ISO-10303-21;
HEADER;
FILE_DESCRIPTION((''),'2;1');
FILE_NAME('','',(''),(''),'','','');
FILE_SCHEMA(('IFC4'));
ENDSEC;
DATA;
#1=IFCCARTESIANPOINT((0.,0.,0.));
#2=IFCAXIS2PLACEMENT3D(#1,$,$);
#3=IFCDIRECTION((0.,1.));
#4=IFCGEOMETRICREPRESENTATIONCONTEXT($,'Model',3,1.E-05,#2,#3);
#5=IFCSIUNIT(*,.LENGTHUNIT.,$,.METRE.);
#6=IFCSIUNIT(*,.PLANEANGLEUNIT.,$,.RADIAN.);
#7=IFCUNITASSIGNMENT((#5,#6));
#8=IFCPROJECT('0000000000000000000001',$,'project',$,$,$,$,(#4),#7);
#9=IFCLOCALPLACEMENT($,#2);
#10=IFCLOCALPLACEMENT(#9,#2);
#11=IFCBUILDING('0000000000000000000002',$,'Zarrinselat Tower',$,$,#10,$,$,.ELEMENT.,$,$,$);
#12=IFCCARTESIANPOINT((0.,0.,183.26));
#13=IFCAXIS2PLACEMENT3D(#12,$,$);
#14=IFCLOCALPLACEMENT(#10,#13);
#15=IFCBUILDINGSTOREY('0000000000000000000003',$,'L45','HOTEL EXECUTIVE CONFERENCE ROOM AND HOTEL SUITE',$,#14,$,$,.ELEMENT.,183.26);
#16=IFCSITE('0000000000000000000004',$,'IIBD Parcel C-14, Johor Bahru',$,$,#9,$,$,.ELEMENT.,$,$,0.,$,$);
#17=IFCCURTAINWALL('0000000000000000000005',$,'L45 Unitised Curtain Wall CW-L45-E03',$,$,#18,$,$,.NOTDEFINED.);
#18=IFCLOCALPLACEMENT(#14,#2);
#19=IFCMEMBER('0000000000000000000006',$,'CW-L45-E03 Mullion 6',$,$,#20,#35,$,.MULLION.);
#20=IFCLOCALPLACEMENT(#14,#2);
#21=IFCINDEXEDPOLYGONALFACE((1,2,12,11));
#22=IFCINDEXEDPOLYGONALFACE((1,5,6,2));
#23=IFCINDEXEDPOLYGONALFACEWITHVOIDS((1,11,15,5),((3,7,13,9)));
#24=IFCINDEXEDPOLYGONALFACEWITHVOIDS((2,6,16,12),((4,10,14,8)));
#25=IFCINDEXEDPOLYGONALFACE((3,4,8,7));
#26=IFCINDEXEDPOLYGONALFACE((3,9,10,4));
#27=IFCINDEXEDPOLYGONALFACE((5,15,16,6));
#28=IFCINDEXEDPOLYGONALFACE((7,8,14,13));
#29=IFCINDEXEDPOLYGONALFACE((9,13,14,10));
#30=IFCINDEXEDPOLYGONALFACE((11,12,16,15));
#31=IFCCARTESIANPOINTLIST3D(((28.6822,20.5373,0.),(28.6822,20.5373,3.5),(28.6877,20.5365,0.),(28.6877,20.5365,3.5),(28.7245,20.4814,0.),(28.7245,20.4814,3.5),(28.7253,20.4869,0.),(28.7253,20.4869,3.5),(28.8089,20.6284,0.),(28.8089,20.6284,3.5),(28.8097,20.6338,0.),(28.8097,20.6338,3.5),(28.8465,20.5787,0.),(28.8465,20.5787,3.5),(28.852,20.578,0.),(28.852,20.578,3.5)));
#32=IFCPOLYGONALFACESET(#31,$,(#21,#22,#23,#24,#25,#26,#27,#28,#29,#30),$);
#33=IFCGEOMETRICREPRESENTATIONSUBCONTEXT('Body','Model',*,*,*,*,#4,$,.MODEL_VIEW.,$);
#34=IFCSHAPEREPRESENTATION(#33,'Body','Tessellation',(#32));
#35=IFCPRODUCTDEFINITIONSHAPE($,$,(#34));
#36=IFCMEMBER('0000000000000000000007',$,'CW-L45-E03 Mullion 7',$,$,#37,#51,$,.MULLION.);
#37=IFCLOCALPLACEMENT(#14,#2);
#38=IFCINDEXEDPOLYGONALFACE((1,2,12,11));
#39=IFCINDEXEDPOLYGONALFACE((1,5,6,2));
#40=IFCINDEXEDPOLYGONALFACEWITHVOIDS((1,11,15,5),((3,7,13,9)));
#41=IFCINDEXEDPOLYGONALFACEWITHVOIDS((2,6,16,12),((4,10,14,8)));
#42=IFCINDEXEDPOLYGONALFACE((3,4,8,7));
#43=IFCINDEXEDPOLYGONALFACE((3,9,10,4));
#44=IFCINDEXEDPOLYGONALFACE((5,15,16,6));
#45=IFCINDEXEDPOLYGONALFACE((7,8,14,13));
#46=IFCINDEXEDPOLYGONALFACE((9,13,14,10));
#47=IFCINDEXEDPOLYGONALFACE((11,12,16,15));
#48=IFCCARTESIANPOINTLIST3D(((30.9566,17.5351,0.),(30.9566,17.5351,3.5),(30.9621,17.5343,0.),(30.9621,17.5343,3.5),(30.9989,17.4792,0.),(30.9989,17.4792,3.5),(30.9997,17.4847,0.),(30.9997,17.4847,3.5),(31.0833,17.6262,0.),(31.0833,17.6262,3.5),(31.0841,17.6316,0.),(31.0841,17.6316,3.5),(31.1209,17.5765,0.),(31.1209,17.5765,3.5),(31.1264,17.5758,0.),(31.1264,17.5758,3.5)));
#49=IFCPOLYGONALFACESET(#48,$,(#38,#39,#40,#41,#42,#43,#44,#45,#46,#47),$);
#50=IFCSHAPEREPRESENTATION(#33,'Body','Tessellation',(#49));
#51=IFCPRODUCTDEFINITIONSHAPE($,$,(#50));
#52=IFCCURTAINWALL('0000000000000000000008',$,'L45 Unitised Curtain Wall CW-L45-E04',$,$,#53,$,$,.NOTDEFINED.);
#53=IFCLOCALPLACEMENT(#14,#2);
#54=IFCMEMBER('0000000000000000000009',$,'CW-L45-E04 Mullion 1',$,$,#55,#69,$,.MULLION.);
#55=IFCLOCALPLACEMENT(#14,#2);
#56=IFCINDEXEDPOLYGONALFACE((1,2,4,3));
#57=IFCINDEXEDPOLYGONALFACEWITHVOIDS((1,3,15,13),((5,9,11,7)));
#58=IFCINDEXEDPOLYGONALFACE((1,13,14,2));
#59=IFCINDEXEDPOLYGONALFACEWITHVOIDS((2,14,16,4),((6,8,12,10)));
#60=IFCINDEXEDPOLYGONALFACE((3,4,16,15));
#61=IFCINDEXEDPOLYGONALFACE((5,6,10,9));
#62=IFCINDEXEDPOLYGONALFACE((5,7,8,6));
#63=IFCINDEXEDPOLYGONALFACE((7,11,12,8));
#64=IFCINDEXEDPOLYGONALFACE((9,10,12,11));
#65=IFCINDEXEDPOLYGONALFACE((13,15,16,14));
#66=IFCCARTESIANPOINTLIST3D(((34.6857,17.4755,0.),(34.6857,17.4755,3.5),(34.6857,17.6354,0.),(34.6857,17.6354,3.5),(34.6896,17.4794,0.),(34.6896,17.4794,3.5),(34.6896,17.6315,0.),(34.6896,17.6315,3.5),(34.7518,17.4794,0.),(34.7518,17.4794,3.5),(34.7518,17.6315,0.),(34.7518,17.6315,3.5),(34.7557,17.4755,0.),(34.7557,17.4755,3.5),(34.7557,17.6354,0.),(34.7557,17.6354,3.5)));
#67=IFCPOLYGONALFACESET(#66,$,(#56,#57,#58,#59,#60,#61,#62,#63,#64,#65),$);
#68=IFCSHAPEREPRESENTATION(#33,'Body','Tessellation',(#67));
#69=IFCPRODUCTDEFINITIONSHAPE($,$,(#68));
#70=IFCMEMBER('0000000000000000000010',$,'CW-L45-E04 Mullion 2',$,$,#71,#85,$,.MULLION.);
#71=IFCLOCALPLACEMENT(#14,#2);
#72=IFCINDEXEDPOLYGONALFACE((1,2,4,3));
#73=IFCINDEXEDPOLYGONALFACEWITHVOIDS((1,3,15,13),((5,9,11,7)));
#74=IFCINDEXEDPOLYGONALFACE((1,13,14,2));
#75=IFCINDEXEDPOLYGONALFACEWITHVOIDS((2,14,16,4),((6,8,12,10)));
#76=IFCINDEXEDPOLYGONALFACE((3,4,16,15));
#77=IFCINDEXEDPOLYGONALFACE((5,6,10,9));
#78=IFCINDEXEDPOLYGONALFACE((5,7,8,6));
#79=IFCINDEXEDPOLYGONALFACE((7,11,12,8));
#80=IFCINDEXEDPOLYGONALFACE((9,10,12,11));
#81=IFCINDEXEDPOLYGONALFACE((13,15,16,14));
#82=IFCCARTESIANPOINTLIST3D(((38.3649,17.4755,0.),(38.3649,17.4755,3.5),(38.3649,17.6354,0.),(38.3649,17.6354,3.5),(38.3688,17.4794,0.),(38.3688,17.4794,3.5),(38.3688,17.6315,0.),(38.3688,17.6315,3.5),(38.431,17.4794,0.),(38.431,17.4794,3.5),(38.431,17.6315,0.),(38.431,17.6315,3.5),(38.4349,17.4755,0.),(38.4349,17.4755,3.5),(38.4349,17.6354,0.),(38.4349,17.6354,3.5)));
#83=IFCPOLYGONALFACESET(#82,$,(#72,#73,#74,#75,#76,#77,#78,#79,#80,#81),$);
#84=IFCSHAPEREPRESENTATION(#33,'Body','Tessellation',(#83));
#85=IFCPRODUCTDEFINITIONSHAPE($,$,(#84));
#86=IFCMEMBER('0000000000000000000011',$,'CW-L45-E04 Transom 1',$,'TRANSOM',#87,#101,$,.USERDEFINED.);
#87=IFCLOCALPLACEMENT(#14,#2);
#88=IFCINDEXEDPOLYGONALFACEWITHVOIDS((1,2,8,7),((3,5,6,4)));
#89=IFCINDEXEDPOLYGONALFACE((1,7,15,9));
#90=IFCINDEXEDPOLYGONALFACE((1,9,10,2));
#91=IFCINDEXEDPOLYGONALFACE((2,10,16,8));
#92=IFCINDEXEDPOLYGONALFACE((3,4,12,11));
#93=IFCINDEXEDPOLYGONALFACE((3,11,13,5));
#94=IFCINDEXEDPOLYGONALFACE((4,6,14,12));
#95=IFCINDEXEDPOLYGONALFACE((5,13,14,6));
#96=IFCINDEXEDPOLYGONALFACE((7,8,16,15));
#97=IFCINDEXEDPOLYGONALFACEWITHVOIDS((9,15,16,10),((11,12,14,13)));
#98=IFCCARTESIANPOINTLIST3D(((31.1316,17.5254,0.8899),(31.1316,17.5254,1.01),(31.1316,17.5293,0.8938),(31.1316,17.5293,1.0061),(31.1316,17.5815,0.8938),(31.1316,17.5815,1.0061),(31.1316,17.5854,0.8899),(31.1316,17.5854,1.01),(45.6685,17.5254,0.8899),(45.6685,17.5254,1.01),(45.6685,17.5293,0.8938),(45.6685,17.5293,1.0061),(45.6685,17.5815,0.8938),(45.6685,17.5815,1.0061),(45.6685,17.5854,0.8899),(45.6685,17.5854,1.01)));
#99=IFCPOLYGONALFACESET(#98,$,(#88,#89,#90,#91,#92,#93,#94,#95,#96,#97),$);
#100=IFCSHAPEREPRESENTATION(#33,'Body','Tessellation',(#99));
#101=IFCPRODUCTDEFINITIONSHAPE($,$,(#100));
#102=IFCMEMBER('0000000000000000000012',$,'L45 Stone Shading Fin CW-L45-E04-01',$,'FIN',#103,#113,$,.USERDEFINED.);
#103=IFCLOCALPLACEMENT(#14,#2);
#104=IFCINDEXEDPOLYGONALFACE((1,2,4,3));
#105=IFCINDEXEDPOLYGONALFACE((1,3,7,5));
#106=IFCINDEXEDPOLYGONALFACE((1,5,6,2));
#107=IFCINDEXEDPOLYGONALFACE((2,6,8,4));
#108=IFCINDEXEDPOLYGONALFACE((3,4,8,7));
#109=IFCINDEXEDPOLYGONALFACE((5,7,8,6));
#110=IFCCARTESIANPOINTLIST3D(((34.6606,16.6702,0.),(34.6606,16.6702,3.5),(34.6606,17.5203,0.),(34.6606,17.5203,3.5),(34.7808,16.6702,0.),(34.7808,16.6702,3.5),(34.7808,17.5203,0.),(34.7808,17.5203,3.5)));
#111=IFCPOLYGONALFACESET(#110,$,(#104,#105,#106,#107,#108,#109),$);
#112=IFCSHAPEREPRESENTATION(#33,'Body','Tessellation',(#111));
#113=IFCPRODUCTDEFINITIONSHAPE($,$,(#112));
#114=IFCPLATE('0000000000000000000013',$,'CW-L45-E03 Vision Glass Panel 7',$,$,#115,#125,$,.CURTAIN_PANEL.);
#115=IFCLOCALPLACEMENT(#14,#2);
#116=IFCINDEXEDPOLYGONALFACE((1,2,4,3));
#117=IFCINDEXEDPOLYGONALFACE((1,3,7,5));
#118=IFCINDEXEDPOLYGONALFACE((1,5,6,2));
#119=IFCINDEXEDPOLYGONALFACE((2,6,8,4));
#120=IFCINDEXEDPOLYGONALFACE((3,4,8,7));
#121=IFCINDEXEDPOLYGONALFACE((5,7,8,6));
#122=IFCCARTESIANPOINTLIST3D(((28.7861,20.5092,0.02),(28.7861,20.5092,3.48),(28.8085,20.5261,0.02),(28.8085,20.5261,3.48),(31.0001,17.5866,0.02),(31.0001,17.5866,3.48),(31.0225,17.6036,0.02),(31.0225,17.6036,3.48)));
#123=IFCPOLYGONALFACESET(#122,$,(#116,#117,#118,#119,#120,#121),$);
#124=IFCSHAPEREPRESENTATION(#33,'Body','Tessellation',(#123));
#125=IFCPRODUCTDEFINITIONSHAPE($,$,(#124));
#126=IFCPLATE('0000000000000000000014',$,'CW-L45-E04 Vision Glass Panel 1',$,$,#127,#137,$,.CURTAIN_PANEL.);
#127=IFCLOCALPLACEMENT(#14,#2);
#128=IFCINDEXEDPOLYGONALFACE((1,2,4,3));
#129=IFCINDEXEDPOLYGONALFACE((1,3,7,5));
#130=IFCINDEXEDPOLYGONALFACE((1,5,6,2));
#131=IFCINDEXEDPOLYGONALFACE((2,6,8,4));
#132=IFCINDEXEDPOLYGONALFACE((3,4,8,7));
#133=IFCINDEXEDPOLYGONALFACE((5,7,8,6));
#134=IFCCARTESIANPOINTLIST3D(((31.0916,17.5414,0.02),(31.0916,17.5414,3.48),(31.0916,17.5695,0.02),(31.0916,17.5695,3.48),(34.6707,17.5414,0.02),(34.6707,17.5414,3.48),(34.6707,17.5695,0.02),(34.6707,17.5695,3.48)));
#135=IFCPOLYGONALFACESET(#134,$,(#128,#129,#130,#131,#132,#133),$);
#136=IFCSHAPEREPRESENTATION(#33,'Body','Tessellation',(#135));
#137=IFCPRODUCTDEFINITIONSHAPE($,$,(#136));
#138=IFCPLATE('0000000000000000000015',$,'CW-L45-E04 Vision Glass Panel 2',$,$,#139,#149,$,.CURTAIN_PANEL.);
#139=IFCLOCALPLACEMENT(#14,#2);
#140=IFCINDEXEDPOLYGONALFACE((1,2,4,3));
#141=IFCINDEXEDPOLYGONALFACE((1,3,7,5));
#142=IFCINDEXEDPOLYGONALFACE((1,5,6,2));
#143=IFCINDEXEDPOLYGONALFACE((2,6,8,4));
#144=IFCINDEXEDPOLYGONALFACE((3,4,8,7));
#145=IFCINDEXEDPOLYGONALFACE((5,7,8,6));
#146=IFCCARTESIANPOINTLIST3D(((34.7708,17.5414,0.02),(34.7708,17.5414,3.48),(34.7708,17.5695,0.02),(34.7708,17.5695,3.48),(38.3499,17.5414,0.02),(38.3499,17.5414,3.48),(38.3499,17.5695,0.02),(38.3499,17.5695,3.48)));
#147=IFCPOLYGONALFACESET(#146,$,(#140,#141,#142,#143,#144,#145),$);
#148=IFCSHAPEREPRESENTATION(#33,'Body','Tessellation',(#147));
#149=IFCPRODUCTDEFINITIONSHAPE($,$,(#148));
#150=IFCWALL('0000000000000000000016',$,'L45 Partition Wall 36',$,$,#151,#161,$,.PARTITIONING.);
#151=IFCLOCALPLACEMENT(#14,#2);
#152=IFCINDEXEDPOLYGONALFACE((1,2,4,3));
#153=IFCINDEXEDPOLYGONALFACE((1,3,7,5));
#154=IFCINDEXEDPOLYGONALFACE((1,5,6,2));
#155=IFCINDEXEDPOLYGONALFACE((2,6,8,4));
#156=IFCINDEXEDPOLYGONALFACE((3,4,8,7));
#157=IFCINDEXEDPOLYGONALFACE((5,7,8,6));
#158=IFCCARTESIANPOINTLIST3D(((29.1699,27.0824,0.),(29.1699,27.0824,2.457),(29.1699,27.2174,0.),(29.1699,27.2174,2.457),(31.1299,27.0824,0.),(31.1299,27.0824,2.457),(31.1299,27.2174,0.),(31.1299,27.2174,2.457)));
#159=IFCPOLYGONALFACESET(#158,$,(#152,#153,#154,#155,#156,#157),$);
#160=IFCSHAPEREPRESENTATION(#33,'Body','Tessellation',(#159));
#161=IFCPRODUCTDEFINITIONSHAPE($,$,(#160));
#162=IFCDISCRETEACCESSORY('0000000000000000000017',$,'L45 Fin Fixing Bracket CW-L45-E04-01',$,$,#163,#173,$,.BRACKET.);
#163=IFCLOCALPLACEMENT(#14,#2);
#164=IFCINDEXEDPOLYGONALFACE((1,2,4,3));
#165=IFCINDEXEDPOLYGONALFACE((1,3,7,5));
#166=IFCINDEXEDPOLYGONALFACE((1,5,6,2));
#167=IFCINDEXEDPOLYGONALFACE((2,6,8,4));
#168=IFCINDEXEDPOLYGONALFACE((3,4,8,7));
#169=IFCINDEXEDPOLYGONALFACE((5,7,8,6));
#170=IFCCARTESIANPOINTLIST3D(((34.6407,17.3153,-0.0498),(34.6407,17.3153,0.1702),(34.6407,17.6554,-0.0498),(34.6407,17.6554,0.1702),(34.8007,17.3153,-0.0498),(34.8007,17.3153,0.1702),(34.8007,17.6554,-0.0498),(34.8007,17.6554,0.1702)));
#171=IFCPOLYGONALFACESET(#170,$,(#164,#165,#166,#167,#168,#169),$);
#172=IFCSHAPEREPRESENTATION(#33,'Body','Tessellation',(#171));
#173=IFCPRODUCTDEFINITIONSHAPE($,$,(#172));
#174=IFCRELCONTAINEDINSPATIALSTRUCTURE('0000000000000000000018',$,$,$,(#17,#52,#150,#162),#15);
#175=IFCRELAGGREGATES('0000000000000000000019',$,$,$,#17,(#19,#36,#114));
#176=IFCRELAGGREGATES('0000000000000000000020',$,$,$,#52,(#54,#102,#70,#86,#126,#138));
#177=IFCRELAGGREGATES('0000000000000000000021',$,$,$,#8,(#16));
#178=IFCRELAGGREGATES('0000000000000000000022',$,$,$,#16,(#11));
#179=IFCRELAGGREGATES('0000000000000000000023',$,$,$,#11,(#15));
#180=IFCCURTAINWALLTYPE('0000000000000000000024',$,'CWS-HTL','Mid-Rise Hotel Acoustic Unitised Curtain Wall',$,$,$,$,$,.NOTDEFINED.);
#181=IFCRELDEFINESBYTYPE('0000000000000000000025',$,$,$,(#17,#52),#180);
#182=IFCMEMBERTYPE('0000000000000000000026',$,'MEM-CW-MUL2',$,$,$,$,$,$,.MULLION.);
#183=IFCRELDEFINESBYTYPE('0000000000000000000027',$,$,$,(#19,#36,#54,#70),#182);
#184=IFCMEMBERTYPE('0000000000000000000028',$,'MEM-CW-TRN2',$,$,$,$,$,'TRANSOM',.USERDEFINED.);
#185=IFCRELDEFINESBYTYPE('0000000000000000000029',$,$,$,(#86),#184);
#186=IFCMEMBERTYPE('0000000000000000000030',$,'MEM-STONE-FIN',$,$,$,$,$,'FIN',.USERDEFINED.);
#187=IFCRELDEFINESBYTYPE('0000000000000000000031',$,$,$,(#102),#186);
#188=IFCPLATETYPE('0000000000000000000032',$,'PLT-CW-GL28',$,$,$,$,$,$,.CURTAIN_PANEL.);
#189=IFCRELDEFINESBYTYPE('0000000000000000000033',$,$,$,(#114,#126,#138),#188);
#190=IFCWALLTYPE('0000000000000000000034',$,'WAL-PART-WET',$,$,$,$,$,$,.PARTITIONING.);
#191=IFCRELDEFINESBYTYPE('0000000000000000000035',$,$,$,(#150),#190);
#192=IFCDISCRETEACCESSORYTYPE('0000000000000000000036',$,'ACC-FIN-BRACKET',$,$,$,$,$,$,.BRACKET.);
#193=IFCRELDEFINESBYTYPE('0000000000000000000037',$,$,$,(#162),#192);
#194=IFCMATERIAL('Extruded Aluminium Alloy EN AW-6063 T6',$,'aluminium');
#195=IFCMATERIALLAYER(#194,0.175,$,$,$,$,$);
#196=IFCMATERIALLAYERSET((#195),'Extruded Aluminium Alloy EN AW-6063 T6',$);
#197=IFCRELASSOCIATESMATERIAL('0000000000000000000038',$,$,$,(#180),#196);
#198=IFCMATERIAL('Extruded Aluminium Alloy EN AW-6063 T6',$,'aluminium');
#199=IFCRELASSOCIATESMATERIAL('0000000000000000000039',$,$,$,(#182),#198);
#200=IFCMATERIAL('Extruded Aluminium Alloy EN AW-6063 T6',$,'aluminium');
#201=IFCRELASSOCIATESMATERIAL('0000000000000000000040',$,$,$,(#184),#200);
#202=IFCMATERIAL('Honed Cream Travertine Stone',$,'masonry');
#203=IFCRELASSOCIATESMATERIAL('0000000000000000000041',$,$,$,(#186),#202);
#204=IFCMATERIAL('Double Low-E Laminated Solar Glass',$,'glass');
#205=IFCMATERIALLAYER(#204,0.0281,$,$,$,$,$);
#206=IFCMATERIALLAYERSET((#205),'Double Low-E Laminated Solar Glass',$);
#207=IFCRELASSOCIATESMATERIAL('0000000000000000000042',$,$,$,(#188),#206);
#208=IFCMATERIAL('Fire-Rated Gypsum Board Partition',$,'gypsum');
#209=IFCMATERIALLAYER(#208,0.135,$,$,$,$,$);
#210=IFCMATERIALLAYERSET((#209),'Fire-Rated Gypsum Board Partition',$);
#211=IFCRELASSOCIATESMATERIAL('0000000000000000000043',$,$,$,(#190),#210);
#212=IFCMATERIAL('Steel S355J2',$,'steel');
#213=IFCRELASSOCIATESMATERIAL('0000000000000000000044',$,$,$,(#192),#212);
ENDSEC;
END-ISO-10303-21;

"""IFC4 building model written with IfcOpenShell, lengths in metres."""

from ifc_helpers import new_model, si_unit, direction, frame, frame_2d, origin, origin_2d, place, context, subcontext, project, spatial, rectangle, hollow_rectangle, extrude, material, layer, layer_set, material_profile, profile_set, type_object, element, aggregate, save


model = new_model("IFC4")

# Units and contexts
model_context = context("Model", 3, precision=1e-05, world=origin(), true_north=direction((0.0, 1.0)))
body_context = subcontext(model_context, "Body", "Model", "MODEL_VIEW")
ifc_project = project(units=[si_unit("LENGTHUNIT", "METRE"), si_unit("PLANEANGLEUNIT", "RADIAN")], contexts=[model_context])

# Site, building, storey
site_placement = place(None, origin())
site = spatial("IfcSite", under=ifc_project, at=site_placement, Name="IIBD Parcel C-14, Johor Bahru", CompositionType="ELEMENT", RefElevation=0.0)
building_placement = place(site_placement, origin())
building = spatial("IfcBuilding", under=site, at=building_placement, Name="Zarrinselat Tower", CompositionType="ELEMENT")
storey_placement = place(building_placement, frame((0.0, 0.0, 183.26)))
storey = spatial("IfcBuildingStorey", under=building, at=storey_placement, Name="L45", Description="HOTEL EXECUTIVE CONFERENCE ROOM AND HOTEL SUITE", CompositionType="ELEMENT", Elevation=183.26)

# Curtain walls, members
ifc_material_1 = material(Name="Extruded Aluminium Alloy EN AW-6063 T6", Category="aluminium")
ifc_layer_1 = layer(ifc_material_1, 0.175)
ifc_layer_set_1 = layer_set([ifc_layer_1], Name="Extruded Aluminium Alloy EN AW-6063 T6")
curtain_wall_type = type_object("IfcCurtainWallType", Name="CWS-HTL", Description="Mid-Rise Hotel Acoustic Unitised Curtain Wall", PredefinedType="NOTDEFINED", material=ifc_layer_set_1)
curtain_wall_1_placement = place(storey_placement, origin())
curtain_wall_1 = element("IfcCurtainWall", 1, at=curtain_wall_1_placement, inside=storey, type_object=curtain_wall_type, Name="L45 Unitised Curtain Wall CW-L45-E03", PredefinedType="NOTDEFINED")
ifc_material_2 = material(Name="Extruded Aluminium Alloy EN AW-6063 T6", Category="aluminium")
ifc_material_profile_1 = material_profile(ifc_material_2, hollow_rectangle(XDim=0.0701, YDim=0.1599, WallThickness=0.0039, at=origin_2d()), Name="RHS 160x70x4")
ifc_profile_set_1 = profile_set([ifc_material_profile_1], Name="Extruded Aluminium Alloy EN AW-6063 T6")
member_type_1 = type_object("IfcMemberType", Name="MEM-CW-MUL2", PredefinedType="MULLION", material=ifc_profile_set_1)
member_1_placement = place(storey_placement, frame((28.7671, 20.5576, 0.0), z_axis=(0.0, 0.0, 1.0), x_axis=(0.603857, -0.797092, 0.0)))
member_1 = element("IfcMember", 2, at=member_1_placement, type_object=member_type_1, Name="CW-L45-E03 Mullion 6", PredefinedType="MULLION", context=body_context, shape_type="SweptSolid", body=[
    extrude(hollow_rectangle(XDim=0.0701, YDim=0.1599, WallThickness=0.0039, at=origin_2d()), origin(), (0.0, 0.0, 1.0), 3.5),
])
member_2_placement = place(storey_placement, frame((31.0415, 17.5554, 0.0), z_axis=(0.0, 0.0, 1.0), x_axis=(0.603857, -0.797092, 0.0)))
member_2 = element("IfcMember", 3, at=member_2_placement, type_object=member_type_1, Name="CW-L45-E03 Mullion 7", PredefinedType="MULLION", context=body_context, shape_type="SweptSolid", body=[
    extrude(hollow_rectangle(XDim=0.0701, YDim=0.1599, WallThickness=0.0039, at=origin_2d()), origin(), (0.0, 0.0, 1.0), 3.5),
])
curtain_wall_2_placement = place(storey_placement, origin())
curtain_wall_2 = element("IfcCurtainWall", 4, at=curtain_wall_2_placement, inside=storey, type_object=curtain_wall_type, Name="L45 Unitised Curtain Wall CW-L45-E04", PredefinedType="NOTDEFINED")
member_3_placement = place(storey_placement, frame((34.7207, 17.5554, 0.0), z_axis=(0.0, 0.0, 1.0), x_axis=(1.0, 0.0, 0.0)))
member_3 = element("IfcMember", 5, at=member_3_placement, type_object=member_type_1, Name="CW-L45-E04 Mullion 1", PredefinedType="MULLION", context=body_context, shape_type="SweptSolid", body=[
    extrude(hollow_rectangle(XDim=0.0701, YDim=0.1599, WallThickness=0.0039, at=origin_2d()), origin(), (0.0, 0.0, 1.0), 3.5),
])
member_4_placement = place(storey_placement, frame((38.3999, 17.5554, 0.0), z_axis=(0.0, 0.0, 1.0), x_axis=(1.0, 0.0, 0.0)))
member_4 = element("IfcMember", 6, at=member_4_placement, type_object=member_type_1, Name="CW-L45-E04 Mullion 2", PredefinedType="MULLION", context=body_context, shape_type="SweptSolid", body=[
    extrude(hollow_rectangle(XDim=0.0701, YDim=0.1599, WallThickness=0.0039, at=origin_2d()), origin(), (0.0, 0.0, 1.0), 3.5),
])
ifc_material_3 = material(Name="Extruded Aluminium Alloy EN AW-6063 T6", Category="aluminium")
ifc_material_profile_2 = material_profile(ifc_material_3, hollow_rectangle(XDim=0.0601, YDim=0.1201, WallThickness=0.0039, at=origin_2d()), Name="RHS 120x60x4")
ifc_profile_set_2 = profile_set([ifc_material_profile_2], Name="Extruded Aluminium Alloy EN AW-6063 T6")
member_type_2 = type_object("IfcMemberType", Name="MEM-CW-TRN2", ElementType="TRANSOM", PredefinedType="USERDEFINED", material=ifc_profile_set_2)
member_5_placement = place(storey_placement, frame((31.1316, 17.5554, 0.95), z_axis=(1.0, 0.0, 0.0), x_axis=(0.0, 1.0, 0.0)))
member_5 = element("IfcMember", 7, at=member_5_placement, type_object=member_type_2, Name="CW-L45-E04 Transom 1", ObjectType="TRANSOM", PredefinedType="USERDEFINED", context=body_context, shape_type="SweptSolid", body=[
    extrude(hollow_rectangle(XDim=0.0601, YDim=0.1201, WallThickness=0.0039, at=origin_2d()), origin(), (0.0, 0.0, 1.0), 14.5369),
])
ifc_material_4 = material(Name="Honed Cream Travertine Stone", Category="masonry")
ifc_material_profile_3 = material_profile(ifc_material_4, rectangle(XDim=0.1201, YDim=0.8501, at=origin_2d()), Name="FIN 850x120")
ifc_profile_set_3 = profile_set([ifc_material_profile_3], Name="Honed Cream Travertine Stone")
member_type_3 = type_object("IfcMemberType", Name="MEM-STONE-FIN", ElementType="FIN", PredefinedType="USERDEFINED", material=ifc_profile_set_3)
member_6_placement = place(storey_placement, frame((34.7207, 17.0952, 0.0), z_axis=(0.0, 0.0, 1.0), x_axis=(-1.0, 0.0, 0.0)))
member_6 = element("IfcMember", 8, at=member_6_placement, type_object=member_type_3, Name="L45 Stone Shading Fin CW-L45-E04-01", ObjectType="FIN", PredefinedType="USERDEFINED", context=body_context, shape_type="SweptSolid", body=[
    extrude(rectangle(XDim=0.1201, YDim=0.8501, at=origin_2d()), origin(), (0.0, 0.0, 1.0), 3.5),
])

# Plates
ifc_material_5 = material(Name="Double Low-E Laminated Solar Glass", Category="glass")
ifc_layer_2 = layer(ifc_material_5, 0.0281)
ifc_layer_set_2 = layer_set([ifc_layer_2], Name="Double Low-E Laminated Solar Glass")
plate_type = type_object("IfcPlateType", Name="PLT-CW-GL28", PredefinedType="CURTAIN_PANEL", material=ifc_layer_set_2)
plate_1_placement = place(storey_placement, frame((29.9043, 19.0564, 0.02), z_axis=(0.0, 0.0, 1.0), x_axis=(0.603857, -0.797092, 0.0)))
plate_1 = element("IfcPlate", 9, at=plate_1_placement, type_object=plate_type, Name="CW-L45-E03 Vision Glass Panel 7", PredefinedType="CURTAIN_PANEL", context=body_context, shape_type="SweptSolid", body=[
    extrude(rectangle(XDim=3.6665, YDim=0.0281, at=origin_2d()), origin(), (0.0, 0.0, 1.0), 3.46),
])
aggregate(curtain_wall_1, [member_1, member_2, plate_1])
plate_2_placement = place(storey_placement, frame((32.8811, 17.5554, 0.02), z_axis=(0.0, 0.0, 1.0), x_axis=(1.0, 0.0, 0.0)))
plate_2 = element("IfcPlate", 10, at=plate_2_placement, type_object=plate_type, Name="CW-L45-E04 Vision Glass Panel 1", PredefinedType="CURTAIN_PANEL", context=body_context, shape_type="SweptSolid", body=[
    extrude(rectangle(XDim=3.5791, YDim=0.0281, at=origin_2d()), origin(), (0.0, 0.0, 1.0), 3.46),
])
plate_3_placement = place(storey_placement, frame((36.5603, 17.5554, 0.02), z_axis=(0.0, 0.0, 1.0), x_axis=(1.0, 0.0, 0.0)))
plate_3 = element("IfcPlate", 11, at=plate_3_placement, type_object=plate_type, Name="CW-L45-E04 Vision Glass Panel 2", PredefinedType="CURTAIN_PANEL", context=body_context, shape_type="SweptSolid", body=[
    extrude(rectangle(XDim=3.5791, YDim=0.0281, at=origin_2d()), origin(), (0.0, 0.0, 1.0), 3.46),
])
aggregate(curtain_wall_2, [member_3, member_6, member_4, member_5, plate_2, plate_3])

# Wall
ifc_material_6 = material(Name="Fire-Rated Gypsum Board Partition", Category="gypsum")
ifc_layer_3 = layer(ifc_material_6, 0.135)
ifc_layer_set_3 = layer_set([ifc_layer_3], Name="Fire-Rated Gypsum Board Partition")
wall_type = type_object("IfcWallType", Name="WAL-PART-WET", PredefinedType="PARTITIONING", material=ifc_layer_set_3)
wall_placement = place(storey_placement, frame((29.1699, 27.1499, 0.0), z_axis=(0.0, 0.0, 1.0), x_axis=(1.0, 0.0, 0.0)))
element("IfcWall", 12, at=wall_placement, inside=storey, type_object=wall_type, Name="L45 Partition Wall 36", PredefinedType="PARTITIONING", context=body_context, shape_type="SweptSolid", body=[
    extrude(rectangle(XDim=1.96, YDim=0.135, at=frame_2d((0.98, 0.0))), origin(), (0.0, 0.0, 1.0), 2.457),
])

# Discrete accessory
ifc_material_7 = material(Name="Steel S355J2", Category="steel")
discrete_accessory_type = type_object("IfcDiscreteAccessoryType", Name="ACC-FIN-BRACKET", PredefinedType="BRACKET", material=ifc_material_7)
discrete_accessory_placement = place(storey_placement, frame((34.7207, 17.4854, -0.0498), z_axis=(0.0, 0.0, 1.0), x_axis=(0.0, -1.0, 0.0)))
element("IfcDiscreteAccessory", 13, at=discrete_accessory_placement, inside=storey, type_object=discrete_accessory_type, Name="L45 Fin Fixing Bracket CW-L45-E04-01", PredefinedType="BRACKET", context=body_context, shape_type="SweptSolid", body=[
    extrude(rectangle(XDim=0.3401, YDim=0.1599, at=origin_2d()), origin(), (0.0, 0.0, 1.0), 0.22),
])

save(model, "model.ifc")
